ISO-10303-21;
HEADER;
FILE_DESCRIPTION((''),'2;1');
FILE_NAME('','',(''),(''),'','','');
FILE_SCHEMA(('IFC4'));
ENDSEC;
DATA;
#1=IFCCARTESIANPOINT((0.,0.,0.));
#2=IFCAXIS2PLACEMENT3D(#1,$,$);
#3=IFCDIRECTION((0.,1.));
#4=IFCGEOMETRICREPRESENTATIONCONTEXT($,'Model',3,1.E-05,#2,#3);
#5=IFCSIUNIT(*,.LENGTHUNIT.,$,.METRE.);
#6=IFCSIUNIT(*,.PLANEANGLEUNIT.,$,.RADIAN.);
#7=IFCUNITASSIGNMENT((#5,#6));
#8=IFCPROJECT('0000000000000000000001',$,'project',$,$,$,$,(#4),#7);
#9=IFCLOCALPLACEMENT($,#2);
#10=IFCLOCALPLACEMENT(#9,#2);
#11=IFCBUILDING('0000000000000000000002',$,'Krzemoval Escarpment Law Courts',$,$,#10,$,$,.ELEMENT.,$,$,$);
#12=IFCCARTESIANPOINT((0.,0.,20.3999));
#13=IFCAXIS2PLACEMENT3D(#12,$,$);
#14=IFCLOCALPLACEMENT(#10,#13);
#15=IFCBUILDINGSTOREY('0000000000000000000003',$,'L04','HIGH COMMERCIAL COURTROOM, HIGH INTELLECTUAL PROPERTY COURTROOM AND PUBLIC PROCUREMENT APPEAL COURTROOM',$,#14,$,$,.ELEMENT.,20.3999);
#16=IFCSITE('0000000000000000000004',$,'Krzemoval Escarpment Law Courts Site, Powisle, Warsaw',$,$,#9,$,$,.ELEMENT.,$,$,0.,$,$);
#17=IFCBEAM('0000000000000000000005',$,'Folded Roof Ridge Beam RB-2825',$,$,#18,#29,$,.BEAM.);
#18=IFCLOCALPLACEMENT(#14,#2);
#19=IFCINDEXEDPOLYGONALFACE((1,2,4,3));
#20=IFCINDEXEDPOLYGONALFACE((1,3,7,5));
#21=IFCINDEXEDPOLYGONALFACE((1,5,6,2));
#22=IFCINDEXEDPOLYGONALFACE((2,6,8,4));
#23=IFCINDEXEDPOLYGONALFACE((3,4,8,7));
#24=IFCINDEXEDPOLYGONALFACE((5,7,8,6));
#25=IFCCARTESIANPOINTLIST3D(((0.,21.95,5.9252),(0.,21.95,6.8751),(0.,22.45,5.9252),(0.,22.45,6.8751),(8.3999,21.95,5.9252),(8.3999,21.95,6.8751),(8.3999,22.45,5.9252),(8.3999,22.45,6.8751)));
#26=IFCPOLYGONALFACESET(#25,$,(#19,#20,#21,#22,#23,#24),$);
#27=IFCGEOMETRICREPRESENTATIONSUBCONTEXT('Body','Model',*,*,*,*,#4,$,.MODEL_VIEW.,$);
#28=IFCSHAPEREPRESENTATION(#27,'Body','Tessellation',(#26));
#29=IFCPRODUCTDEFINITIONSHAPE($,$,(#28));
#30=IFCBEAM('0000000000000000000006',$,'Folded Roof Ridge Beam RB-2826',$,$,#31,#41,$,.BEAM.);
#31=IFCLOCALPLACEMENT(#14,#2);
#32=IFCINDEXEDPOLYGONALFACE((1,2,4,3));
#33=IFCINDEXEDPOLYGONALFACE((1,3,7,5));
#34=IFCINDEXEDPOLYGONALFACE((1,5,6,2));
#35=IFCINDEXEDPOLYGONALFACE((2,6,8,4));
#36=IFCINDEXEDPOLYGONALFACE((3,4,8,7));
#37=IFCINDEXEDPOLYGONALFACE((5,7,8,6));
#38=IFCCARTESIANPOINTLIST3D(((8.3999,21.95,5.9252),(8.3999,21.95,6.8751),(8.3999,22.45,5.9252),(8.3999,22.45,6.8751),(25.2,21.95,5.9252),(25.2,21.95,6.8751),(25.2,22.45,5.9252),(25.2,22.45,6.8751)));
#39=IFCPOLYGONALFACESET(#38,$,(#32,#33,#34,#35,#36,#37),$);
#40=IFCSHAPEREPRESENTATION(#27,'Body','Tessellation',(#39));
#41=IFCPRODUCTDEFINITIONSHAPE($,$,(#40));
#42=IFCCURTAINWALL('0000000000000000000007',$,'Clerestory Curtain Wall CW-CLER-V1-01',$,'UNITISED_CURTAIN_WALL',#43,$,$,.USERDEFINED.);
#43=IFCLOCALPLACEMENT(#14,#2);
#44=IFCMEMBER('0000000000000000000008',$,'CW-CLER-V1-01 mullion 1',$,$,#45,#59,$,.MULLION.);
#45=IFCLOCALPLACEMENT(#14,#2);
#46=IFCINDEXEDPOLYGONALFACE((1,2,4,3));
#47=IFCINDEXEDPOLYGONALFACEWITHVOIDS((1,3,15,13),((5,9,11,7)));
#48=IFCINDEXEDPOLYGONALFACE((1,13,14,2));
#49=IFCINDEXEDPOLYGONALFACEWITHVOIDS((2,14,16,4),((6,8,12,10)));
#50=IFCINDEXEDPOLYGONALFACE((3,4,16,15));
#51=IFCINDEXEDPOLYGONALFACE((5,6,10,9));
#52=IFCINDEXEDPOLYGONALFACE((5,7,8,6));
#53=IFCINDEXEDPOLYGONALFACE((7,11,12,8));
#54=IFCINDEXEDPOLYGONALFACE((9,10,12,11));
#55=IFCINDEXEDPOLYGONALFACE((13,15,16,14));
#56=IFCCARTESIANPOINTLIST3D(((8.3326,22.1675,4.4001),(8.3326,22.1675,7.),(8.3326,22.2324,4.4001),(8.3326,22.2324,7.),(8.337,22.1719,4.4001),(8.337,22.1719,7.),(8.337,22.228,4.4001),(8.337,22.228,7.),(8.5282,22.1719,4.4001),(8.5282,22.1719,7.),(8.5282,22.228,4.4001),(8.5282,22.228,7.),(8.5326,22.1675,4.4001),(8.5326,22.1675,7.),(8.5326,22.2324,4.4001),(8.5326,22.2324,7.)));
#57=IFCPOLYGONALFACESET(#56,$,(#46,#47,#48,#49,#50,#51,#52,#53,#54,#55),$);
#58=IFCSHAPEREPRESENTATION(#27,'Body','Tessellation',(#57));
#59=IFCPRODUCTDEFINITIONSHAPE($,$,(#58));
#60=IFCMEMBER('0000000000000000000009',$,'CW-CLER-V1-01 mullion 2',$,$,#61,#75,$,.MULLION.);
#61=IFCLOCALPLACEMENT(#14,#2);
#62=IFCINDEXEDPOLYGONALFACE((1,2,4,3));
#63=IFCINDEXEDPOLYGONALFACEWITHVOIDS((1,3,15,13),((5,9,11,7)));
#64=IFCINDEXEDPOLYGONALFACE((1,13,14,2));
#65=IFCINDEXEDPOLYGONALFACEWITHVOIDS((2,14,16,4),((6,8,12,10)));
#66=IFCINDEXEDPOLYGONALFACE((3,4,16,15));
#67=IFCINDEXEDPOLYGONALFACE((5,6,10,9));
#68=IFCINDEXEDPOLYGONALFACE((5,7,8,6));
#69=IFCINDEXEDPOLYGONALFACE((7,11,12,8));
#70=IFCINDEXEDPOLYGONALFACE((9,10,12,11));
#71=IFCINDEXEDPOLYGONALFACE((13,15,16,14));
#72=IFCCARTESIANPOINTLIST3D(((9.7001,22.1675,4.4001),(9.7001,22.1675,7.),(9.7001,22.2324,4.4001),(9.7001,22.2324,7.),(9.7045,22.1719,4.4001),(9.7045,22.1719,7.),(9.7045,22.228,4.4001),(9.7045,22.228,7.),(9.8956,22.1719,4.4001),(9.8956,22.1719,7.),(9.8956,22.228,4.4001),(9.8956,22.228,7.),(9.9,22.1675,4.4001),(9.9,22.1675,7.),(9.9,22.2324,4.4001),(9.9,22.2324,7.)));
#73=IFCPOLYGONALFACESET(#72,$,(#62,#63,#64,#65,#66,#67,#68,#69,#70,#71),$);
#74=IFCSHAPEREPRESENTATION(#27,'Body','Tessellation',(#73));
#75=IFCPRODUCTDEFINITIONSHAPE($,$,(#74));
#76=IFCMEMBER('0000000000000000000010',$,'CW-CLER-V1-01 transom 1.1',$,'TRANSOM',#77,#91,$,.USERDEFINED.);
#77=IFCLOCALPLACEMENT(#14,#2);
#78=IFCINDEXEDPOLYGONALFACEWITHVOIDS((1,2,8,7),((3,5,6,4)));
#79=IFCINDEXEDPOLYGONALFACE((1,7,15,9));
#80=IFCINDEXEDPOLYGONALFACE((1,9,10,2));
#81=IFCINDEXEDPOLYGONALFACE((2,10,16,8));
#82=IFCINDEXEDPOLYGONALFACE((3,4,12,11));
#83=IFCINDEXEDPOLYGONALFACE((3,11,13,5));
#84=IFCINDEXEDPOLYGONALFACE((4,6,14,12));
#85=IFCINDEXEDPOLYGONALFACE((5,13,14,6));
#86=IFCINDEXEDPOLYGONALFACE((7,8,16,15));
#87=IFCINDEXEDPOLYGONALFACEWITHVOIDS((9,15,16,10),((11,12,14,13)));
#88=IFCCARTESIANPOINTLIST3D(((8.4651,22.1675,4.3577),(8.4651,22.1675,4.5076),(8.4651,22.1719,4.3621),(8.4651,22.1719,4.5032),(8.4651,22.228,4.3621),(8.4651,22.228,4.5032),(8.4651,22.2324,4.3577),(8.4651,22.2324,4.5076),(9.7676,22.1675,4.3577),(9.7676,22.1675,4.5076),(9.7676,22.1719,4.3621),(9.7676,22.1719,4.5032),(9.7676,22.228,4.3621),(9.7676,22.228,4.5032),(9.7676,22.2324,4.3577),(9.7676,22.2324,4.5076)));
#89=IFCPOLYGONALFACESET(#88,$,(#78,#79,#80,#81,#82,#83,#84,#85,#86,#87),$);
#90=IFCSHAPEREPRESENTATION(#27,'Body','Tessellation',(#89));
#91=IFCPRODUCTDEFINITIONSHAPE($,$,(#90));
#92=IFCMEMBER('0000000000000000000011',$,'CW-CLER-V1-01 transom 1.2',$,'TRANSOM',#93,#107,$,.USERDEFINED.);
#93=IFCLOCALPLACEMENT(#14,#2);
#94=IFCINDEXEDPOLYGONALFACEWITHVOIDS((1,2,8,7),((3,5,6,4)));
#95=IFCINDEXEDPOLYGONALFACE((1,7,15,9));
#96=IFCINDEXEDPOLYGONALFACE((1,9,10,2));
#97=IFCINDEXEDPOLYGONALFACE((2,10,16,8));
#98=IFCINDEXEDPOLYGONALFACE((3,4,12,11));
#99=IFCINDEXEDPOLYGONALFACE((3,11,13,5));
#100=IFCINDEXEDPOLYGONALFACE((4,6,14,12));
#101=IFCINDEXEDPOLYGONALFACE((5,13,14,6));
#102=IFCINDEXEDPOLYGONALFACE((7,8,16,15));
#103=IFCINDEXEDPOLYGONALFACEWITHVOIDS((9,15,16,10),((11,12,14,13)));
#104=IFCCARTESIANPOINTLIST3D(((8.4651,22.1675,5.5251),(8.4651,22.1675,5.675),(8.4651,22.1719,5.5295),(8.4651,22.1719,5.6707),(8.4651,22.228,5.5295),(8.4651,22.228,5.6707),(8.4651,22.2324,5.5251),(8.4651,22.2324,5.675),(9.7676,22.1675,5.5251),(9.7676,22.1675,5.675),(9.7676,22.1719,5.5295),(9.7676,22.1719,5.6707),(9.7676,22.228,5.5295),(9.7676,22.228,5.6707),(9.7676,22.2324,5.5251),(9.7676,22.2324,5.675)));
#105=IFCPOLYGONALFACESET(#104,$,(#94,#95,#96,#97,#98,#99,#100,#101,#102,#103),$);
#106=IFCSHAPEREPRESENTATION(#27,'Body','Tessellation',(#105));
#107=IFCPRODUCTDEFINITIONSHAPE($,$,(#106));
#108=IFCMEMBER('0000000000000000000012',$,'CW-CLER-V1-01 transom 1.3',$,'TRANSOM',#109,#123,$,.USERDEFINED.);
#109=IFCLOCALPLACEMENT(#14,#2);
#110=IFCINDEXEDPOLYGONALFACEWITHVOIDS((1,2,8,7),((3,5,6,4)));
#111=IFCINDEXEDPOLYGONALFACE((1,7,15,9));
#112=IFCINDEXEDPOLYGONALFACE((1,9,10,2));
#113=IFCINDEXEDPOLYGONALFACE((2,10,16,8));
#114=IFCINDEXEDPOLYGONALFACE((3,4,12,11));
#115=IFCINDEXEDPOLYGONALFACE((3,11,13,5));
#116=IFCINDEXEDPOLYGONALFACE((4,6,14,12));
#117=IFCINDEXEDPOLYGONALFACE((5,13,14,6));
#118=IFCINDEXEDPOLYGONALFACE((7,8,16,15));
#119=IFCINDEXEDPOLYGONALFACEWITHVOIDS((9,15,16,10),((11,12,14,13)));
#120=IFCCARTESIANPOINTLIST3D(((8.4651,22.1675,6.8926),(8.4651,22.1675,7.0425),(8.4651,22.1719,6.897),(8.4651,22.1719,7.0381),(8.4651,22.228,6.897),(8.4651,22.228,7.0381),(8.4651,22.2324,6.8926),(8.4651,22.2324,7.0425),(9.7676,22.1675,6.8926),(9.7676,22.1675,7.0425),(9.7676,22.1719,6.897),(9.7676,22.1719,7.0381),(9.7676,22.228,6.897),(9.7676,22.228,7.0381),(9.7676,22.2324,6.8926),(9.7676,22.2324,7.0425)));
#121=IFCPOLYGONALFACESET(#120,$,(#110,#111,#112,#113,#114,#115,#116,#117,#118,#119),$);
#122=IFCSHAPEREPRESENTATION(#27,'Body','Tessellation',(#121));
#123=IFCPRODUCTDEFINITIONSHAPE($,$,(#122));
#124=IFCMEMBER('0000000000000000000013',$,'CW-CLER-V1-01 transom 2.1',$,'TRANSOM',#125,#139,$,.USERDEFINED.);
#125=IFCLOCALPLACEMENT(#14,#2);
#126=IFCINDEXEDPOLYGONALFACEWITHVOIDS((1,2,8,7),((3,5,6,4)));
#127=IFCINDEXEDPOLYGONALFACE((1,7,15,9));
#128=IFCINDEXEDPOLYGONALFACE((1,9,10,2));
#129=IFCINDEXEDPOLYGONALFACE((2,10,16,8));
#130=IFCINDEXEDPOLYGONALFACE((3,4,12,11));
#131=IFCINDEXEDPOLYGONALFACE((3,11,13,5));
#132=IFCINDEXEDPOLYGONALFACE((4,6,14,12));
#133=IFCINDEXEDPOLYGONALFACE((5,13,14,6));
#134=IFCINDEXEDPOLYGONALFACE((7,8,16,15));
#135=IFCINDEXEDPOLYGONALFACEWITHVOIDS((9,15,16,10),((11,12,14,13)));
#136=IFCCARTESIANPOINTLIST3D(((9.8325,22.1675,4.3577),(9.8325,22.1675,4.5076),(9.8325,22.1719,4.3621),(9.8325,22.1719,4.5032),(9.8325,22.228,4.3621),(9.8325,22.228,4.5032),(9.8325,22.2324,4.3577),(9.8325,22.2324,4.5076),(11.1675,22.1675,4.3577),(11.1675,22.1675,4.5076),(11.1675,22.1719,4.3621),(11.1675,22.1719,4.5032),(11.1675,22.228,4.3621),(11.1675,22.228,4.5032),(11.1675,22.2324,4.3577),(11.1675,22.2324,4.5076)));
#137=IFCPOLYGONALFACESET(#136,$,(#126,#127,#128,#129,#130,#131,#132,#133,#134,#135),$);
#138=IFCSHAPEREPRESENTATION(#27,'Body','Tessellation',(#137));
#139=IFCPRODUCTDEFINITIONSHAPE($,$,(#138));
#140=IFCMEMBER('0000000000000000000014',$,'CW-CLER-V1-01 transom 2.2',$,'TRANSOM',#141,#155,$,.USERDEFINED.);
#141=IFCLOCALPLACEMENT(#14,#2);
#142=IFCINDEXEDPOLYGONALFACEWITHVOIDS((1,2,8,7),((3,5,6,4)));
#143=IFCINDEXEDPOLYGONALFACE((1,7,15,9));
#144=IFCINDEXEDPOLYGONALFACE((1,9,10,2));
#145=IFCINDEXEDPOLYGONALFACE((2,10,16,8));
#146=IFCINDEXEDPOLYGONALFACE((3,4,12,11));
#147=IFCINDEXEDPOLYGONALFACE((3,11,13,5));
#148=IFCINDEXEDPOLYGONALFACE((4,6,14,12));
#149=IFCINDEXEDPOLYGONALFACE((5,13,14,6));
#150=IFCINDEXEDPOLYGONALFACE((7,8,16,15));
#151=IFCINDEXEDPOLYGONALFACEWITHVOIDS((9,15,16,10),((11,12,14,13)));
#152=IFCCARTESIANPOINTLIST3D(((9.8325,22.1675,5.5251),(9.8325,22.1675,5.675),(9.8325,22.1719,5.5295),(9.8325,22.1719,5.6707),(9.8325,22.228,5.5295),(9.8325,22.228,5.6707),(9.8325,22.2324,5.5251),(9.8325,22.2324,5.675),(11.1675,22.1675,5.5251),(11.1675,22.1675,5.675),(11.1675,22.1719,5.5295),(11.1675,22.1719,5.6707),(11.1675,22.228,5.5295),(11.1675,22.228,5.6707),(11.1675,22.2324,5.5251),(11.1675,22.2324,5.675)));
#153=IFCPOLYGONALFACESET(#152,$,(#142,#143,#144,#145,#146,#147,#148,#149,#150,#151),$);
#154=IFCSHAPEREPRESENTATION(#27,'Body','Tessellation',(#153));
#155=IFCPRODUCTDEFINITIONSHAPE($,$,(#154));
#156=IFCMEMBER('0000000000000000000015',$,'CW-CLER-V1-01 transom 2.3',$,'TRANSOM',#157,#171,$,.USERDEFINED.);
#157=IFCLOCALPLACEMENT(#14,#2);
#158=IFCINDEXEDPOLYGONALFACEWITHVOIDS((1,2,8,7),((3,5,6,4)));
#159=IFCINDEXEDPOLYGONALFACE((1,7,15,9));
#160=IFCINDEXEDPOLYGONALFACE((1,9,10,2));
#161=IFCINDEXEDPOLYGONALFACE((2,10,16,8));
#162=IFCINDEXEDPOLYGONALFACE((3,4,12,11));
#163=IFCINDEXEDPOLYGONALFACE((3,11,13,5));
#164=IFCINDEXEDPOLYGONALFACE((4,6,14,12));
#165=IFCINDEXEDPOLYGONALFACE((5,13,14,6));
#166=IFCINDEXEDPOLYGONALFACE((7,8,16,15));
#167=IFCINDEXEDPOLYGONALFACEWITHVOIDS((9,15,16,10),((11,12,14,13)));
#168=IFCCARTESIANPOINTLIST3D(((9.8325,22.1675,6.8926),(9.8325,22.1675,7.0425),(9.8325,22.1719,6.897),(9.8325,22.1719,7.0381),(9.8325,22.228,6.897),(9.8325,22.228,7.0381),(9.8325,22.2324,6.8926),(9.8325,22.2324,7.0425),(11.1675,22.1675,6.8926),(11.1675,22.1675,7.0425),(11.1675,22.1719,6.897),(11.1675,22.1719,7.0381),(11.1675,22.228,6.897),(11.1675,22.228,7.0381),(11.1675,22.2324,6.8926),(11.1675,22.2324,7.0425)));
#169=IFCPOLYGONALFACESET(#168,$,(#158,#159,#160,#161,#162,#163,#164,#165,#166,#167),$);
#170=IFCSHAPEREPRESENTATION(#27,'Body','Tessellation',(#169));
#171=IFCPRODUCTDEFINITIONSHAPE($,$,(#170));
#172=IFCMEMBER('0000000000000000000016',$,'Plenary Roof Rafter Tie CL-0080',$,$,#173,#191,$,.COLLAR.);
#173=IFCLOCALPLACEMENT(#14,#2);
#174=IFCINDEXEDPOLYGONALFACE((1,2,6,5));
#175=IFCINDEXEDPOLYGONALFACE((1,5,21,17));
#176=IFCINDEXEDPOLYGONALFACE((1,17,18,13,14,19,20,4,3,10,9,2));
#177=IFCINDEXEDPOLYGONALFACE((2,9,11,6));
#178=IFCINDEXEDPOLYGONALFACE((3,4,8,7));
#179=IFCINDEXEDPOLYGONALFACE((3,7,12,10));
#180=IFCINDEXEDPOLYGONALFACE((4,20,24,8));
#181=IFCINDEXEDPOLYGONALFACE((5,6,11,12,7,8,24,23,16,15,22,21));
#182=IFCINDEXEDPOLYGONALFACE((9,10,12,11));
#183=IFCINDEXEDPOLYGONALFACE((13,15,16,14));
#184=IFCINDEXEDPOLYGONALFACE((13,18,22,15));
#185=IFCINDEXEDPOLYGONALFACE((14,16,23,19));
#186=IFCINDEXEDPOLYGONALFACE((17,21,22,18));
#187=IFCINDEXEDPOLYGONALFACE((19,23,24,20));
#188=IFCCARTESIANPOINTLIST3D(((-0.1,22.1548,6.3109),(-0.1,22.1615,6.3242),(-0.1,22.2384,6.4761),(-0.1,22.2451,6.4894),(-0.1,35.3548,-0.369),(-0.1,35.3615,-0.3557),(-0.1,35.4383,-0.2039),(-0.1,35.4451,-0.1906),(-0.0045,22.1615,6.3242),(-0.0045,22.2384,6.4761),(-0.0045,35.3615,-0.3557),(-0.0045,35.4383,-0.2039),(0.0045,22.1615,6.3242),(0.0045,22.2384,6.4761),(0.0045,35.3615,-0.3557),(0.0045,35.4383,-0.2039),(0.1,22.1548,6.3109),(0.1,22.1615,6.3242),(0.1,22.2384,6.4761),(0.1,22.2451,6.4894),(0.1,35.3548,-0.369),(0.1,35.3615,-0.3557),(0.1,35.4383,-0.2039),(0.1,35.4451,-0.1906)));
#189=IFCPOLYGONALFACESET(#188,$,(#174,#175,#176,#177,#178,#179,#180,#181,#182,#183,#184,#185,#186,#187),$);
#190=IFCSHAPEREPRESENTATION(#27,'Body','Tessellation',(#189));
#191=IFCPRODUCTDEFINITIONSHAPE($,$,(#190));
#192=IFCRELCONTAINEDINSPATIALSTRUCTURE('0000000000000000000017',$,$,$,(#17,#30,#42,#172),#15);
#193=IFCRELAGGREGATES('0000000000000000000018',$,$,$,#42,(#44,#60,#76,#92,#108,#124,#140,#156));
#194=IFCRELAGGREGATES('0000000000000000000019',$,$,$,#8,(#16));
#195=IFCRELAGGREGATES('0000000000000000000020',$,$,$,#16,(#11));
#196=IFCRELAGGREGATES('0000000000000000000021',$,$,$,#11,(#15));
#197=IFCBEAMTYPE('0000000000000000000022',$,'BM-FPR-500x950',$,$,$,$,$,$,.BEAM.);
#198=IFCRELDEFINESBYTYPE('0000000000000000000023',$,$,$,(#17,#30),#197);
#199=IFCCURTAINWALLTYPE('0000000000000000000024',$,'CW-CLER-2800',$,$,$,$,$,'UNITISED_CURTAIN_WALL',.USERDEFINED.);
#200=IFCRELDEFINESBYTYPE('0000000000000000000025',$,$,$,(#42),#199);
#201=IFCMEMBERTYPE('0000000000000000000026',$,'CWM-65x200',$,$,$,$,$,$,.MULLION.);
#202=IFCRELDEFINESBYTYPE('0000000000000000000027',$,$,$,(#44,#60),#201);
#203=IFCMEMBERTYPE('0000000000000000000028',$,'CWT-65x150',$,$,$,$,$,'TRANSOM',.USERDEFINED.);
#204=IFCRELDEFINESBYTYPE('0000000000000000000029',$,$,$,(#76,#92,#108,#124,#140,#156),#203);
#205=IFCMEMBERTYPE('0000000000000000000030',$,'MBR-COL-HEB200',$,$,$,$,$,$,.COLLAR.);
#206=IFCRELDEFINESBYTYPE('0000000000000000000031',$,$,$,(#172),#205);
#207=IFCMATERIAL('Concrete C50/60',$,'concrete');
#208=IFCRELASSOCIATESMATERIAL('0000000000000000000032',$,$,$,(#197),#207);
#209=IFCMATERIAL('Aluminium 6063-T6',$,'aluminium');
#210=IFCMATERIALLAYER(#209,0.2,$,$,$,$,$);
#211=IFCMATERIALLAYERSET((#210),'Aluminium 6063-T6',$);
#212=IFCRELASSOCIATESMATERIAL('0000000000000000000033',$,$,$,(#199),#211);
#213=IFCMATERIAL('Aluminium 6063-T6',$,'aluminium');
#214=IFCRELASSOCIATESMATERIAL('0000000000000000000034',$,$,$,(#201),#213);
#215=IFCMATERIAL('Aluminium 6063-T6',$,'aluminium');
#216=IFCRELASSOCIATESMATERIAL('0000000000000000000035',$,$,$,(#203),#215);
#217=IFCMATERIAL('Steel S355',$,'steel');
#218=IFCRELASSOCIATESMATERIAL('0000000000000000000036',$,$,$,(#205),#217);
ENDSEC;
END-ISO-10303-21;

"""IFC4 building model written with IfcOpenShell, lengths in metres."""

from ifc_helpers import new_model, si_unit, direction, frame, origin, origin_2d, place, context, subcontext, project, spatial, rectangle, hollow_rectangle, i_section, extrude, material, layer, layer_set, material_profile, profile_set, type_object, element, aggregate, save


model = new_model("IFC4")

# Units and contexts
model_context = context("Model", 3, precision=1e-05, world=origin(), true_north=direction((0.0, 1.0)))
body_context = subcontext(model_context, "Body", "Model", "MODEL_VIEW")
ifc_project = project(units=[si_unit("LENGTHUNIT", "METRE"), si_unit("PLANEANGLEUNIT", "RADIAN")], contexts=[model_context])

# Site, building, storey
site_placement = place(None, origin())
site = spatial("IfcSite", under=ifc_project, at=site_placement, Name="Krzemoval Escarpment Law Courts Site, Powisle, Warsaw", CompositionType="ELEMENT", RefElevation=0.0)
building_placement = place(site_placement, origin())
building = spatial("IfcBuilding", under=site, at=building_placement, Name="Krzemoval Escarpment Law Courts", CompositionType="ELEMENT")
storey_placement = place(building_placement, frame((0.0, 0.0, 20.3999)))
storey = spatial("IfcBuildingStorey", under=building, at=storey_placement, Name="L04", Description="HIGH COMMERCIAL COURTROOM, HIGH INTELLECTUAL PROPERTY COURTROOM AND PUBLIC PROCUREMENT APPEAL COURTROOM", CompositionType="ELEMENT", Elevation=20.3999)

# Beams
ifc_material_1 = material(Name="Concrete C50/60", Category="concrete")
ifc_material_profile_1 = material_profile(ifc_material_1, rectangle(XDim=0.5, YDim=0.95, at=origin_2d()), Name="FPR 500x950")
ifc_profile_set_1 = profile_set([ifc_material_profile_1], Name="Concrete C50/60")
beam_type = type_object("IfcBeamType", Name="BM-FPR-500x950", PredefinedType="BEAM", material=ifc_profile_set_1)
beam_1_placement = place(storey_placement, frame((0.0, 22.2, 6.4001), z_axis=(1.0, 0.0, 0.0), x_axis=(0.0, 1.0, 0.0)))
element("IfcBeam", 1, at=beam_1_placement, inside=storey, type_object=beam_type, Name="Folded Roof Ridge Beam RB-2825", PredefinedType="BEAM", context=body_context, shape_type="SweptSolid", body=[
    extrude(rectangle(XDim=0.5, YDim=0.95, at=origin_2d()), origin(), (0.0, 0.0, 1.0), 8.3999),
])
beam_2_placement = place(storey_placement, frame((8.3999, 22.2, 6.4001), z_axis=(1.0, 0.0, 0.0), x_axis=(0.0, 1.0, 0.0)))
element("IfcBeam", 2, at=beam_2_placement, inside=storey, type_object=beam_type, Name="Folded Roof Ridge Beam RB-2826", PredefinedType="BEAM", context=body_context, shape_type="SweptSolid", body=[
    extrude(rectangle(XDim=0.5, YDim=0.95, at=origin_2d()), origin(), (0.0, 0.0, 1.0), 16.8),
])

# Curtain wall, members
ifc_material_2 = material(Name="Aluminium 6063-T6", Category="aluminium")
ifc_layer_1 = layer(ifc_material_2, 0.2)
ifc_layer_set_1 = layer_set([ifc_layer_1], Name="Aluminium 6063-T6")
curtain_wall_type = type_object("IfcCurtainWallType", Name="CW-CLER-2800", ElementType="UNITISED_CURTAIN_WALL", PredefinedType="USERDEFINED", material=ifc_layer_set_1)
curtain_wall_placement = place(storey_placement, origin())
curtain_wall = element("IfcCurtainWall", 3, at=curtain_wall_placement, inside=storey, type_object=curtain_wall_type, Name="Clerestory Curtain Wall CW-CLER-V1-01", ObjectType="UNITISED_CURTAIN_WALL", PredefinedType="USERDEFINED")
ifc_material_3 = material(Name="Aluminium 6063-T6", Category="aluminium")
ifc_material_profile_2 = material_profile(ifc_material_3, hollow_rectangle(XDim=0.0649, YDim=0.2, WallThickness=0.0044, at=origin_2d()), Name="ALU M65x200")
ifc_profile_set_2 = profile_set([ifc_material_profile_2], Name="Aluminium 6063-T6")
member_type_1 = type_object("IfcMemberType", Name="CWM-65x200", PredefinedType="MULLION", material=ifc_profile_set_2)
member_1_placement = place(storey_placement, frame((8.4326, 22.2, 4.4001), z_axis=(0.0, 0.0, 1.0), x_axis=(0.0, 1.0, 0.0)))
member_1 = element("IfcMember", 4, at=member_1_placement, type_object=member_type_1, Name="CW-CLER-V1-01 mullion 1", PredefinedType="MULLION", context=body_context, shape_type="SweptSolid", body=[
    extrude(hollow_rectangle(XDim=0.0649, YDim=0.2, WallThickness=0.0044, at=origin_2d()), origin(), (0.0, 0.0, 1.0), 2.5999),
])
member_2_placement = place(storey_placement, frame((9.8, 22.2, 4.4001), z_axis=(0.0, 0.0, 1.0), x_axis=(0.0, 1.0, 0.0)))
member_2 = element("IfcMember", 5, at=member_2_placement, type_object=member_type_1, Name="CW-CLER-V1-01 mullion 2", PredefinedType="MULLION", context=body_context, shape_type="SweptSolid", body=[
    extrude(hollow_rectangle(XDim=0.0649, YDim=0.2, WallThickness=0.0044, at=origin_2d()), origin(), (0.0, 0.0, 1.0), 2.5999),
])
ifc_material_4 = material(Name="Aluminium 6063-T6", Category="aluminium")
ifc_material_profile_3 = material_profile(ifc_material_4, hollow_rectangle(XDim=0.0649, YDim=0.1499, WallThickness=0.0044, at=origin_2d()), Name="ALU T65x150")
ifc_profile_set_3 = profile_set([ifc_material_profile_3], Name="Aluminium 6063-T6")
member_type_2 = type_object("IfcMemberType", Name="CWT-65x150", ElementType="TRANSOM", PredefinedType="USERDEFINED", material=ifc_profile_set_3)
member_3_placement = place(storey_placement, frame((8.4651, 22.2, 4.4326), z_axis=(1.0, 0.0, 0.0), x_axis=(0.0, 1.0, 0.0)))
member_3 = element("IfcMember", 6, at=member_3_placement, type_object=member_type_2, Name="CW-CLER-V1-01 transom 1.1", ObjectType="TRANSOM", PredefinedType="USERDEFINED", context=body_context, shape_type="SweptSolid", body=[
    extrude(hollow_rectangle(XDim=0.0649, YDim=0.1499, WallThickness=0.0044, at=origin_2d()), origin(), (0.0, 0.0, 1.0), 1.3025),
])
member_4_placement = place(storey_placement, frame((8.4651, 22.2, 5.6001), z_axis=(1.0, 0.0, 0.0), x_axis=(0.0, 1.0, 0.0)))
member_4 = element("IfcMember", 7, at=member_4_placement, type_object=member_type_2, Name="CW-CLER-V1-01 transom 1.2", ObjectType="TRANSOM", PredefinedType="USERDEFINED", context=body_context, shape_type="SweptSolid", body=[
    extrude(hollow_rectangle(XDim=0.0649, YDim=0.1499, WallThickness=0.0044, at=origin_2d()), origin(), (0.0, 0.0, 1.0), 1.3025),
])
member_5_placement = place(storey_placement, frame((8.4651, 22.2, 6.9675), z_axis=(1.0, 0.0, 0.0), x_axis=(0.0, 1.0, 0.0)))
member_5 = element("IfcMember", 8, at=member_5_placement, type_object=member_type_2, Name="CW-CLER-V1-01 transom 1.3", ObjectType="TRANSOM", PredefinedType="USERDEFINED", context=body_context, shape_type="SweptSolid", body=[
    extrude(hollow_rectangle(XDim=0.0649, YDim=0.1499, WallThickness=0.0044, at=origin_2d()), origin(), (0.0, 0.0, 1.0), 1.3025),
])
member_6_placement = place(storey_placement, frame((9.8325, 22.2, 4.4326), z_axis=(1.0, 0.0, 0.0), x_axis=(0.0, 1.0, 0.0)))
member_6 = element("IfcMember", 9, at=member_6_placement, type_object=member_type_2, Name="CW-CLER-V1-01 transom 2.1", ObjectType="TRANSOM", PredefinedType="USERDEFINED", context=body_context, shape_type="SweptSolid", body=[
    extrude(hollow_rectangle(XDim=0.0649, YDim=0.1499, WallThickness=0.0044, at=origin_2d()), origin(), (0.0, 0.0, 1.0), 1.335),
])
member_7_placement = place(storey_placement, frame((9.8325, 22.2, 5.6001), z_axis=(1.0, 0.0, 0.0), x_axis=(0.0, 1.0, 0.0)))
member_7 = element("IfcMember", 10, at=member_7_placement, type_object=member_type_2, Name="CW-CLER-V1-01 transom 2.2", ObjectType="TRANSOM", PredefinedType="USERDEFINED", context=body_context, shape_type="SweptSolid", body=[
    extrude(hollow_rectangle(XDim=0.0649, YDim=0.1499, WallThickness=0.0044, at=origin_2d()), origin(), (0.0, 0.0, 1.0), 1.335),
])
member_8_placement = place(storey_placement, frame((9.8325, 22.2, 6.9675), z_axis=(1.0, 0.0, 0.0), x_axis=(0.0, 1.0, 0.0)))
member_8 = element("IfcMember", 11, at=member_8_placement, type_object=member_type_2, Name="CW-CLER-V1-01 transom 2.3", ObjectType="TRANSOM", PredefinedType="USERDEFINED", context=body_context, shape_type="SweptSolid", body=[
    extrude(hollow_rectangle(XDim=0.0649, YDim=0.1499, WallThickness=0.0044, at=origin_2d()), origin(), (0.0, 0.0, 1.0), 1.335),
])

# Member
ifc_material_5 = material(Name="Steel S355", Category="steel")
ifc_material_profile_4 = material_profile(ifc_material_5, i_section(OverallWidth=0.2, OverallDepth=0.2, WebThickness=0.009, FlangeThickness=0.0149, at=origin_2d()), Name="HEB 200")
ifc_profile_set_4 = profile_set([ifc_material_profile_4], Name="Steel S355")
member_type_3 = type_object("IfcMemberType", Name="MBR-COL-HEB200", PredefinedType="COLLAR", material=ifc_profile_set_4)
member_9_placement = place(storey_placement, frame((0.0, 22.2, 6.4001), z_axis=(0.0, 0.892255, -0.451532), x_axis=(-1.0, 0.0, 0.0)))
element("IfcMember", 12, at=member_9_placement, inside=storey, type_object=member_type_3, Name="Plenary Roof Rafter Tie CL-0080", PredefinedType="COLLAR", context=body_context, shape_type="SweptSolid", body=[
    extrude(i_section(OverallWidth=0.2, OverallDepth=0.2, WebThickness=0.009, FlangeThickness=0.0149, at=origin_2d()), origin(), (0.0, 0.0, 1.0), 14.7939),
])

aggregate(curtain_wall, [member_1, member_2, member_3, member_4, member_5, member_6, member_7, member_8])

save(model, "model.ifc")
